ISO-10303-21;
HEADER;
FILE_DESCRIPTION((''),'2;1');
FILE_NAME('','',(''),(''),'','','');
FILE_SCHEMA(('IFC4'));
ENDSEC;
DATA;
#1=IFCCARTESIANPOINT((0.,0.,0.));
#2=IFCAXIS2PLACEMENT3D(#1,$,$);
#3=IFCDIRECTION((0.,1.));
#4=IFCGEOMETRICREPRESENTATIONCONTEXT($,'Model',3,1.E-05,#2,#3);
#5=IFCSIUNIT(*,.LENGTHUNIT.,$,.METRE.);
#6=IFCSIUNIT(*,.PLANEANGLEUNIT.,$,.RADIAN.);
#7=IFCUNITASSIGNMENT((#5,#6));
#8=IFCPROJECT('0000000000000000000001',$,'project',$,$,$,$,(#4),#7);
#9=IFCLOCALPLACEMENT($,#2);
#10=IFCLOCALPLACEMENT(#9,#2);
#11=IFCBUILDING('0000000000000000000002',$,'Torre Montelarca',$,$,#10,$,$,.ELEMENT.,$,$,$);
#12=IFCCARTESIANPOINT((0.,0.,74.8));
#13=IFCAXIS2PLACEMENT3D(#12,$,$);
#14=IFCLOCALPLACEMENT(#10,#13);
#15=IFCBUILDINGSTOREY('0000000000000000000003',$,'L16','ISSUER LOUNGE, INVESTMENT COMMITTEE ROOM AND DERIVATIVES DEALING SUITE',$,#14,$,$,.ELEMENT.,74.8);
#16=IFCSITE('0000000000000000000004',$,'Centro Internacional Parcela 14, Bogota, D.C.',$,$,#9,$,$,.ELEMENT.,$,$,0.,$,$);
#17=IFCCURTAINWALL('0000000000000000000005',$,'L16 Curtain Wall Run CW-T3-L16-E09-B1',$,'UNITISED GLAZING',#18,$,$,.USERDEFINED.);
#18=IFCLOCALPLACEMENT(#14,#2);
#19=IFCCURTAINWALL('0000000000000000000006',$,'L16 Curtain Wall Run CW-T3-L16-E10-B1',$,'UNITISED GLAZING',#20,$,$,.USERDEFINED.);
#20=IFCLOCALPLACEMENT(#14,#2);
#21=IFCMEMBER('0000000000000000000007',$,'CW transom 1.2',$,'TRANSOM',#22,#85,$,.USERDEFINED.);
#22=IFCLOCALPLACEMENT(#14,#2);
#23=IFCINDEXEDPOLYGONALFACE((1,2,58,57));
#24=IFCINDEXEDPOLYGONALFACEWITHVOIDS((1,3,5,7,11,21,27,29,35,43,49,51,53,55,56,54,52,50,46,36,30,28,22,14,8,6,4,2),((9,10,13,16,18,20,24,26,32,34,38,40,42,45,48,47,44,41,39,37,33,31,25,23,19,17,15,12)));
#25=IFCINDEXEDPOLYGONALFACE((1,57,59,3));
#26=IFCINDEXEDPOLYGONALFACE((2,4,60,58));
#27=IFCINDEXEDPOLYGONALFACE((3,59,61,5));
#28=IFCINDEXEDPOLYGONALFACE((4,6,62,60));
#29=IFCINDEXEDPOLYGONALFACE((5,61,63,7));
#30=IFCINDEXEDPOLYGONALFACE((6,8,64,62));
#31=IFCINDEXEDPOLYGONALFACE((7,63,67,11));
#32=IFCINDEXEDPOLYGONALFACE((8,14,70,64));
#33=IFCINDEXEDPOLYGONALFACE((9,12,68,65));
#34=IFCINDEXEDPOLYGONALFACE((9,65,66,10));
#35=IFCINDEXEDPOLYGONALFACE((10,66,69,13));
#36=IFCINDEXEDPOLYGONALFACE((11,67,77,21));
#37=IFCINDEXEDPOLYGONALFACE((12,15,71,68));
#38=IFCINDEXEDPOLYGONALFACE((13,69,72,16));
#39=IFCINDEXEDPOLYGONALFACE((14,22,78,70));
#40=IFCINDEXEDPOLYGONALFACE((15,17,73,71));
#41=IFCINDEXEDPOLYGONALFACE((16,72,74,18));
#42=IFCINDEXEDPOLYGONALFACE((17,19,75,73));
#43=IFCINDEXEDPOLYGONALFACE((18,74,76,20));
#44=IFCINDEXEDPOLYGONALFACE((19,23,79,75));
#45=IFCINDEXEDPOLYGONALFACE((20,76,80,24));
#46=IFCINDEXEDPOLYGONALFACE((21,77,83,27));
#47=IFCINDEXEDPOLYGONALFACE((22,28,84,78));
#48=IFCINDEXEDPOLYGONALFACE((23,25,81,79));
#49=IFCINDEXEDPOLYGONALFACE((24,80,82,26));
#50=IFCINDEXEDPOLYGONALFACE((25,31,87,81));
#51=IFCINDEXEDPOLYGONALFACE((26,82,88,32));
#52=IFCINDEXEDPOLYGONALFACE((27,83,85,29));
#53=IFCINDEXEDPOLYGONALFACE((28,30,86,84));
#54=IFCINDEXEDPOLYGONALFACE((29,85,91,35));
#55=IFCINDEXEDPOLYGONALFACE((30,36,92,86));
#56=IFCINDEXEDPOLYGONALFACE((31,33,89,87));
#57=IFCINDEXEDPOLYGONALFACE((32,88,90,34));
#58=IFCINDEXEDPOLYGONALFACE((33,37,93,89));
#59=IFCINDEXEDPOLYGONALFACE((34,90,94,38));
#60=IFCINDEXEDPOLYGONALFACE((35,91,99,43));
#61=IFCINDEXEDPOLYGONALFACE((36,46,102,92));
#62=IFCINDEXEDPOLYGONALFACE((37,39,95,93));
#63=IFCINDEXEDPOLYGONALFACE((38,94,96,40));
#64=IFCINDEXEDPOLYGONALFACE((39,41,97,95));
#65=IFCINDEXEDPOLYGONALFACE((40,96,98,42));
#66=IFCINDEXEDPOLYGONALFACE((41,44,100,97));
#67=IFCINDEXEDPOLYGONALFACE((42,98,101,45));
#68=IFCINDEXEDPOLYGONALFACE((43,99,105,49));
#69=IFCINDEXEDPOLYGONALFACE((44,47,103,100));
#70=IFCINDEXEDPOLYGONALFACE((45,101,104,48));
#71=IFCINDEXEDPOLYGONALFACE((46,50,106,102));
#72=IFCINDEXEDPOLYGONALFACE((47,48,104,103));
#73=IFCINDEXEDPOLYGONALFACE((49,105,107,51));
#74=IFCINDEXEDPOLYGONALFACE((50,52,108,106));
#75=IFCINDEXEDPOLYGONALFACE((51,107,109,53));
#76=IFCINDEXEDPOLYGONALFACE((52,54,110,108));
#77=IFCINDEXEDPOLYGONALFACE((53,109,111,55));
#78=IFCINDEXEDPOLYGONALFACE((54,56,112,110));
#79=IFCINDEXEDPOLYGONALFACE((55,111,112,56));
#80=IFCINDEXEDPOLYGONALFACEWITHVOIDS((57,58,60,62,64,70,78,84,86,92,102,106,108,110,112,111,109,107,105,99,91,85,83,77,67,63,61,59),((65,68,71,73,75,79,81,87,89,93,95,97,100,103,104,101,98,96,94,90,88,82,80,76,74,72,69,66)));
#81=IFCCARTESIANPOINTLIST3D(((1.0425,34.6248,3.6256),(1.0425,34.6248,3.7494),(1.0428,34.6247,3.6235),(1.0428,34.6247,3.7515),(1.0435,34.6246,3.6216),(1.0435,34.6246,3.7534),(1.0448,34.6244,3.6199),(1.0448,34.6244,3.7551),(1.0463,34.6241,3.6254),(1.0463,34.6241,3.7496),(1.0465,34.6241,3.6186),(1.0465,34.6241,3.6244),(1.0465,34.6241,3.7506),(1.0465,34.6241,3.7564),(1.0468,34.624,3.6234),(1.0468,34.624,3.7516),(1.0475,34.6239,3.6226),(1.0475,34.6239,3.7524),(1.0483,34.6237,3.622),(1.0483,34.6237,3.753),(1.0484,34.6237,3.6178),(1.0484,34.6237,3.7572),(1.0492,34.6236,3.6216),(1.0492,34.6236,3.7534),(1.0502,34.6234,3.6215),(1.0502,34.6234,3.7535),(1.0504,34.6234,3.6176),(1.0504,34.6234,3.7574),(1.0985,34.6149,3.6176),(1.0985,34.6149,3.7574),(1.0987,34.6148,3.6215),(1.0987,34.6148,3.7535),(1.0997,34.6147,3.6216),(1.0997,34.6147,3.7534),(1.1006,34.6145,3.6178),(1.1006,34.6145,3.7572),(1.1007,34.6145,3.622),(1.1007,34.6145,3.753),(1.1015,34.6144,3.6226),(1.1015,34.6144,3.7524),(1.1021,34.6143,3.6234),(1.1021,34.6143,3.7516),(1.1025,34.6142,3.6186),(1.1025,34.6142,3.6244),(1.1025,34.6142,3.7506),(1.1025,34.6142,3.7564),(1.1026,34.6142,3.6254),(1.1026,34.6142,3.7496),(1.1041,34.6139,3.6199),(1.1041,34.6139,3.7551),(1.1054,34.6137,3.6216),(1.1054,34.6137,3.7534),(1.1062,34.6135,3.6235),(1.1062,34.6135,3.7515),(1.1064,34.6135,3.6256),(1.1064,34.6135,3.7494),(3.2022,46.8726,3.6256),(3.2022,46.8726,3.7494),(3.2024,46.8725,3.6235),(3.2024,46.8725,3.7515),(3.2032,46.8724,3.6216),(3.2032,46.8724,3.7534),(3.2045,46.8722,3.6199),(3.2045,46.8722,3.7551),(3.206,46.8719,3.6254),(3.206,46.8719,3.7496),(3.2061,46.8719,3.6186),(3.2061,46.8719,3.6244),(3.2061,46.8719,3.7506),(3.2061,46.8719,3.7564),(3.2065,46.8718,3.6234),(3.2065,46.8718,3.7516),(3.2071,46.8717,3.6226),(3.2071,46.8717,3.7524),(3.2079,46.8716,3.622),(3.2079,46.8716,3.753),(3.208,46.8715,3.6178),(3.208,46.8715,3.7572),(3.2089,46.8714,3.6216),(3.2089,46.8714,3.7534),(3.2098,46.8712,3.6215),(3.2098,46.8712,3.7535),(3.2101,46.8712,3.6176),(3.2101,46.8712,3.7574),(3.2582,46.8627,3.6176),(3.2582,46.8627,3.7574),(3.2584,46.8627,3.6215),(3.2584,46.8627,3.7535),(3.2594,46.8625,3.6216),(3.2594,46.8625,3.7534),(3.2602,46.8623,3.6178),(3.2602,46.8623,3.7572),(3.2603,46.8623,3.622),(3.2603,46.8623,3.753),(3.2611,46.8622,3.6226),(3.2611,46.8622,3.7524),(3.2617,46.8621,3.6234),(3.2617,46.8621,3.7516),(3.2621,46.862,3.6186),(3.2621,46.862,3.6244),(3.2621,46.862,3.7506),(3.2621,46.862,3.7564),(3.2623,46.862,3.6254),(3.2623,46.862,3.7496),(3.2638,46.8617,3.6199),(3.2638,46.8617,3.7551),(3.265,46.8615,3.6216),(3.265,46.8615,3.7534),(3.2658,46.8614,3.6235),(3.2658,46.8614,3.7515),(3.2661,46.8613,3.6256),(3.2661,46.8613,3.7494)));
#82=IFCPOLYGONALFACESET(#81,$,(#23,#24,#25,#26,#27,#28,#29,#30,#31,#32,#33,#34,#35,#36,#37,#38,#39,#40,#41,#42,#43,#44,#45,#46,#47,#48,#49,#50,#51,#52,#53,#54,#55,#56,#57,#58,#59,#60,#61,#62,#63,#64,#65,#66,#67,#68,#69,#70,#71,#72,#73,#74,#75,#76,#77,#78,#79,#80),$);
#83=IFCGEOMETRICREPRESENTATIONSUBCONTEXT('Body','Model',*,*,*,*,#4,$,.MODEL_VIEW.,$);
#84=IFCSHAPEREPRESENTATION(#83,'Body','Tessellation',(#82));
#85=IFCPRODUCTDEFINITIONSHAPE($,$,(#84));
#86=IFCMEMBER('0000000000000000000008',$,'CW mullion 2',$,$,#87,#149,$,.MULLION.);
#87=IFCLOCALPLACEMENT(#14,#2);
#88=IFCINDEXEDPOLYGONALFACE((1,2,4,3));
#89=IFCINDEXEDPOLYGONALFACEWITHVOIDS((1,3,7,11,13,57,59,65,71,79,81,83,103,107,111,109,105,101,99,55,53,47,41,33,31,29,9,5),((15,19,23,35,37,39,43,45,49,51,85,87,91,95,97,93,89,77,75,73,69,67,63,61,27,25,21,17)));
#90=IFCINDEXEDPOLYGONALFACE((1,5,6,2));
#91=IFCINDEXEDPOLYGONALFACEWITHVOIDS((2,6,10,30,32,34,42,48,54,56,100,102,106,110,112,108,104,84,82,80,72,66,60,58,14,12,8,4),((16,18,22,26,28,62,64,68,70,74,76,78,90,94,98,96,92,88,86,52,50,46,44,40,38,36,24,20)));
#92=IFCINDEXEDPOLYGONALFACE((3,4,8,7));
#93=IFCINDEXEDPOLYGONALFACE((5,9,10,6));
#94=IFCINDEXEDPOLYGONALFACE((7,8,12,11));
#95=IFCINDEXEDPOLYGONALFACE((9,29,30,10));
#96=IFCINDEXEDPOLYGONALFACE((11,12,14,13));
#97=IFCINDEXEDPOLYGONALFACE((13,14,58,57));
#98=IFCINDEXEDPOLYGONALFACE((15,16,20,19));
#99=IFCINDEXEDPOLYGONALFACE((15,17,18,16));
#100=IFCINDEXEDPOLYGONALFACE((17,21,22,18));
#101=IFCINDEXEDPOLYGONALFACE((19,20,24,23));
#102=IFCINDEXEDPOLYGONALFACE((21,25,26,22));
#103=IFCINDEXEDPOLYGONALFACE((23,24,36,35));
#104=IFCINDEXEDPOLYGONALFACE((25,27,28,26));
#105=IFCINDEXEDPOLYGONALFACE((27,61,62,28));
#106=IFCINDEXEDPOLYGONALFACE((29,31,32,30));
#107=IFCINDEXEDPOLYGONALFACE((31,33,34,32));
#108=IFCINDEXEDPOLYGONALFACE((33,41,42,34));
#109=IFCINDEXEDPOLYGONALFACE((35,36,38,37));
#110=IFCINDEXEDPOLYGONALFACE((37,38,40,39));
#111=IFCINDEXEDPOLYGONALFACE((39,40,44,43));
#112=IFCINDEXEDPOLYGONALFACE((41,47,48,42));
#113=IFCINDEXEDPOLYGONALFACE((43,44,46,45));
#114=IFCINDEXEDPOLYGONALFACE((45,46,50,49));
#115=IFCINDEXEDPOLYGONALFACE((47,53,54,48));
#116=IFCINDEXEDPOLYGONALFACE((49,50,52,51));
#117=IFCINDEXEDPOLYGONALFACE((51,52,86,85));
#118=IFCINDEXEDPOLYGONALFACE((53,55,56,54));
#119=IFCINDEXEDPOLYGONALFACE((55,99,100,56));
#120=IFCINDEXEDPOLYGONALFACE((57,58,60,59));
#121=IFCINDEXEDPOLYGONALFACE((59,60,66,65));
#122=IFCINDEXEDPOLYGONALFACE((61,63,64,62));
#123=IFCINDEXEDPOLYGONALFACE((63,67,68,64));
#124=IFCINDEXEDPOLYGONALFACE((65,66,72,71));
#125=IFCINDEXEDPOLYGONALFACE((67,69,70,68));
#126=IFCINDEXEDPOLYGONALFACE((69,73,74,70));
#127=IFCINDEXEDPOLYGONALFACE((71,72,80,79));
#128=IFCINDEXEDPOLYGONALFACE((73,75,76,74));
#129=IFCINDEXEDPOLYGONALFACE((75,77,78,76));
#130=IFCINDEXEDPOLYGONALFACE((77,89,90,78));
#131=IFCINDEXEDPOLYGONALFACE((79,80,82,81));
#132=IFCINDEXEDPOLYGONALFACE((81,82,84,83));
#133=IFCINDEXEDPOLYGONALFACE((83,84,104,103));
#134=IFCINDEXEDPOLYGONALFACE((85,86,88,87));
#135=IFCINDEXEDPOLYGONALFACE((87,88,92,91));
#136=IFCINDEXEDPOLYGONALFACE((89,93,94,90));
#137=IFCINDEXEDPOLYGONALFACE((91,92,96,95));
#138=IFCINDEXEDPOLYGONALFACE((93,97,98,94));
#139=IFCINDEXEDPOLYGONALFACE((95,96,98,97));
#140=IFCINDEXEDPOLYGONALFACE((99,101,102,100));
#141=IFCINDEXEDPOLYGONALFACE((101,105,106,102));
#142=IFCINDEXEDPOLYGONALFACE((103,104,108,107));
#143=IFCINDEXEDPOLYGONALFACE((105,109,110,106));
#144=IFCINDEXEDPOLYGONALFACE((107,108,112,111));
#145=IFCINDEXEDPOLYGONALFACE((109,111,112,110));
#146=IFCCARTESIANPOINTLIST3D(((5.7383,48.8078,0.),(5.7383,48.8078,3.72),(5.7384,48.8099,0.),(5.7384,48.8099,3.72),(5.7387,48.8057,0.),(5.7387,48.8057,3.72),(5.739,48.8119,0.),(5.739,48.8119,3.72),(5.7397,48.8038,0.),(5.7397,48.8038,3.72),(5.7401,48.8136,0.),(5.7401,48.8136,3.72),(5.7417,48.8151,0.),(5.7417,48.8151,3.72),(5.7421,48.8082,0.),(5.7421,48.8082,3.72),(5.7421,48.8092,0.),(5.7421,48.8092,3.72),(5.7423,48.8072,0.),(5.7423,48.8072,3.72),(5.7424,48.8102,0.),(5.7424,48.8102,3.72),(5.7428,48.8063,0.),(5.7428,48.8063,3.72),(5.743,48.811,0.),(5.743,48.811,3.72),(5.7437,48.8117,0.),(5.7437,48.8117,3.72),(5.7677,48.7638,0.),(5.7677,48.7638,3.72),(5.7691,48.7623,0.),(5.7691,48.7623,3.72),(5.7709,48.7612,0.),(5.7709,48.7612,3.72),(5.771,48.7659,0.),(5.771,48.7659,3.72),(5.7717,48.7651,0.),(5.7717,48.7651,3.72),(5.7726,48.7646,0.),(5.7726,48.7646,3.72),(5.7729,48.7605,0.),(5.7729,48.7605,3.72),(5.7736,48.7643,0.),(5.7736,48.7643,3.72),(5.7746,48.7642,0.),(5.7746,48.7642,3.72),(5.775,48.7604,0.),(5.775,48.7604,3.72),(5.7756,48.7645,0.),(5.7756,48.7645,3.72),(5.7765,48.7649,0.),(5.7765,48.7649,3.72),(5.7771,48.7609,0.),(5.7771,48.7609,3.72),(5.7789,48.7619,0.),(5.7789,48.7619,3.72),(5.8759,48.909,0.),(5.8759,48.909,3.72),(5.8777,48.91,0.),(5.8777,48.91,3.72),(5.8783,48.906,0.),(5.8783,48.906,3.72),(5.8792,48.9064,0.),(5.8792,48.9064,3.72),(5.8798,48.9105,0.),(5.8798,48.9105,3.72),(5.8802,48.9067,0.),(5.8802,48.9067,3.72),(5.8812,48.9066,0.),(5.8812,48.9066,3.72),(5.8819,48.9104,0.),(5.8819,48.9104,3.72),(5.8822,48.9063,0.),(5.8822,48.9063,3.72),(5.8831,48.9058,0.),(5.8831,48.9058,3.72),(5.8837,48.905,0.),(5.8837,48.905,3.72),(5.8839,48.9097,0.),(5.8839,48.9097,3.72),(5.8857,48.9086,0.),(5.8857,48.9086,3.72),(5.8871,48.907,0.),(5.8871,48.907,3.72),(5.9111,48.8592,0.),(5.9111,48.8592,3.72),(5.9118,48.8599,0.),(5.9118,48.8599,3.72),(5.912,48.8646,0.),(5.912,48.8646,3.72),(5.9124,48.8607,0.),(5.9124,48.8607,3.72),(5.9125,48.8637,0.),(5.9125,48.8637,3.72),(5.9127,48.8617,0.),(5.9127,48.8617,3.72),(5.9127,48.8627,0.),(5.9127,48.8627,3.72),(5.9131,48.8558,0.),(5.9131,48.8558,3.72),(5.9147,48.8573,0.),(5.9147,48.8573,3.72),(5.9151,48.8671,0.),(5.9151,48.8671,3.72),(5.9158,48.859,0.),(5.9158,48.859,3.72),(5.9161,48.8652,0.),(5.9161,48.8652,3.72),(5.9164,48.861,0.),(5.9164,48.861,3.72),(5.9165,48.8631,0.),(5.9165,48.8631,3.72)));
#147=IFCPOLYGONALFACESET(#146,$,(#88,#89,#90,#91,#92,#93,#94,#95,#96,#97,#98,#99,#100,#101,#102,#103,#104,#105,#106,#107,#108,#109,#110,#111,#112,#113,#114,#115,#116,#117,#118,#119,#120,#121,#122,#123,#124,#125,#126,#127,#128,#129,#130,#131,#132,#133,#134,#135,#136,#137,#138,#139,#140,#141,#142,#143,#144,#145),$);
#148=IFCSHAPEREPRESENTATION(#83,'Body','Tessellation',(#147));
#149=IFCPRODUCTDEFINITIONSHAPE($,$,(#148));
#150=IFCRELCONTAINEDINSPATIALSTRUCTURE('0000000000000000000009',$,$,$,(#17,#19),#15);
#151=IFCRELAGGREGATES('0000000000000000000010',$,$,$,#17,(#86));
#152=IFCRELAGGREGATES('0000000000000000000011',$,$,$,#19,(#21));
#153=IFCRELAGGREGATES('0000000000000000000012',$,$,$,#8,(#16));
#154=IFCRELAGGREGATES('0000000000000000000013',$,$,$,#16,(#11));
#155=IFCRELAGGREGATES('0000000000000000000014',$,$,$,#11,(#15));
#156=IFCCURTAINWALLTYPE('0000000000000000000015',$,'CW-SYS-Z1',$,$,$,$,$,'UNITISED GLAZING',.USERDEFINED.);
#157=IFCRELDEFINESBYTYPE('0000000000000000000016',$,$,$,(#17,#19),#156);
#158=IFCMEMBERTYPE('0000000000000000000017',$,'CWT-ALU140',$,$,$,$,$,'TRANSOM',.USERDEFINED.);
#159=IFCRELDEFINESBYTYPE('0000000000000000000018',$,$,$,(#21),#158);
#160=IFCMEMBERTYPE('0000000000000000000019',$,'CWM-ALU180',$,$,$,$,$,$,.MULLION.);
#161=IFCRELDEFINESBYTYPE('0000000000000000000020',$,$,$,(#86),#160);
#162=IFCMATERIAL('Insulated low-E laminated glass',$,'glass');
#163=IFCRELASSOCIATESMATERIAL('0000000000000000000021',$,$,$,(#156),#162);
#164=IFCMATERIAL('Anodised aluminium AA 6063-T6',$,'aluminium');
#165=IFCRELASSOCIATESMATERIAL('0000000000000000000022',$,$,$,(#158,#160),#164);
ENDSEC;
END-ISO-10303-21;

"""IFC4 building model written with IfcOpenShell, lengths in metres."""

from ifc_helpers import new_model, si_unit, direction, frame, origin, origin_2d, place, context, subcontext, project, spatial, hollow_rectangle, extrude, source, transform, mapped, material, material_profile, profile_set, type_object, element, aggregate, save


model = new_model("IFC4")

# Units and contexts
model_context = context("Model", 3, precision=1e-05, world=origin(), true_north=direction((0.0, 1.0)))
body_context = subcontext(model_context, "Body", "Model", "MODEL_VIEW")
ifc_project = project(units=[si_unit("LENGTHUNIT", "METRE"), si_unit("PLANEANGLEUNIT", "RADIAN")], contexts=[model_context])

# Site, building, storey
site_placement = place(None, origin())
site = spatial("IfcSite", under=ifc_project, at=site_placement, Name="Centro Internacional Parcela 14, Bogota, D.C.", CompositionType="ELEMENT", RefElevation=0.0)
building_placement = place(site_placement, origin())
building = spatial("IfcBuilding", under=site, at=building_placement, Name="Torre Montelarca", CompositionType="ELEMENT")
storey_placement = place(building_placement, frame((0.0, 0.0, 74.8)))
storey = spatial("IfcBuildingStorey", under=building, at=storey_placement, Name="L16", Description="ISSUER LOUNGE, INVESTMENT COMMITTEE ROOM AND DERIVATIVES DEALING SUITE", CompositionType="ELEMENT", Elevation=74.8)

# Curtain walls, member
ifc_material_1 = material(Name="Insulated low-E laminated glass", Category="glass")
curtain_wall_type = type_object("IfcCurtainWallType", Name="CW-SYS-Z1", ElementType="UNITISED GLAZING", PredefinedType="USERDEFINED", material=ifc_material_1)
curtain_wall_1_placement = place(storey_placement, origin())
curtain_wall_1 = element("IfcCurtainWall", 1, at=curtain_wall_1_placement, inside=storey, type_object=curtain_wall_type, Name="L16 Curtain Wall Run CW-T3-L16-E09-B1", ObjectType="UNITISED GLAZING", PredefinedType="USERDEFINED")
ifc_material_2 = material(Name="Anodised aluminium AA 6063-T6", Category="aluminium")
ifc_material_profile_1 = material_profile(ifc_material_2, hollow_rectangle(XDim=0.0649, YDim=0.1399, WallThickness=0.0039, InnerFilletRadius=0.0039, OuterFilletRadius=0.0081, at=origin_2d()), Name="ALU65X140X4", Category="aluminium")
ifc_profile_set_1 = profile_set([ifc_material_profile_1], Name="Anodised aluminium AA 6063-T6")
member_type_1 = type_object("IfcMemberType", Name="CWT-ALU140", ElementType="TRANSOM", PredefinedType="USERDEFINED", material=ifc_profile_set_1)
curtain_wall_2_placement = place(storey_placement, origin())
curtain_wall_2 = element("IfcCurtainWall", 2, at=curtain_wall_2_placement, inside=storey, type_object=curtain_wall_type, Name="L16 Curtain Wall Run CW-T3-L16-E10-B1", ObjectType="UNITISED GLAZING", PredefinedType="USERDEFINED")
shared_shape_1 = source(origin(), body_context, "Body", "SweptSolid", [
    extrude(hollow_rectangle(XDim=0.0649, YDim=0.1399, WallThickness=0.0039, InnerFilletRadius=0.0039, OuterFilletRadius=0.0081, at=origin_2d()), origin(), (0.0, 0.0, 1.0), 12.4368),
])
member_1_placement = place(storey_placement, frame((3.2341, 46.8669, 3.6875), z_axis=(-0.173652, -0.984807, 0.0), x_axis=(0.984807, -0.173652, 0.0)))
member_1 = element("IfcMember", 3, at=member_1_placement, type_object=member_type_1, Name="CW transom 1.2", ObjectType="TRANSOM", PredefinedType="USERDEFINED", context=body_context, shape_type="MappedRepresentation", body=[
    mapped(shared_shape_1, transform((0.0, 0.0, 0.0), scale=1.0)),
])

# Member
ifc_material_profile_2 = material_profile(ifc_material_2, hollow_rectangle(XDim=0.0649, YDim=0.1799, WallThickness=0.0039, InnerFilletRadius=0.0039, OuterFilletRadius=0.0081, at=origin_2d()), Name="ALU65X180X4", Category="aluminium")
ifc_profile_set_2 = profile_set([ifc_material_profile_2], Name="Anodised aluminium AA 6063-T6")
member_type_2 = type_object("IfcMemberType", Name="CWM-ALU180", PredefinedType="MULLION", material=ifc_profile_set_2)
shared_shape_2 = source(origin(), body_context, "Body", "SweptSolid", [
    extrude(hollow_rectangle(XDim=0.0649, YDim=0.1799, WallThickness=0.0039, InnerFilletRadius=0.0039, OuterFilletRadius=0.0081, at=origin_2d()), origin(), (0.0, 0.0, 1.0), 3.72),
])
member_2_placement = place(storey_placement, frame((5.8274, 48.8354, 0.0), z_axis=(0.0, 0.0, 1.0), x_axis=(0.573554, -0.819168, 0.0)))
member_2 = element("IfcMember", 4, at=member_2_placement, type_object=member_type_2, Name="CW mullion 2", PredefinedType="MULLION", context=body_context, shape_type="MappedRepresentation", body=[
    mapped(shared_shape_2, transform((0.0, 0.0, 0.0), scale=1.0)),
])

aggregate(curtain_wall_1, [member_2])
aggregate(curtain_wall_2, [member_1])

save(model, "model.ifc")
